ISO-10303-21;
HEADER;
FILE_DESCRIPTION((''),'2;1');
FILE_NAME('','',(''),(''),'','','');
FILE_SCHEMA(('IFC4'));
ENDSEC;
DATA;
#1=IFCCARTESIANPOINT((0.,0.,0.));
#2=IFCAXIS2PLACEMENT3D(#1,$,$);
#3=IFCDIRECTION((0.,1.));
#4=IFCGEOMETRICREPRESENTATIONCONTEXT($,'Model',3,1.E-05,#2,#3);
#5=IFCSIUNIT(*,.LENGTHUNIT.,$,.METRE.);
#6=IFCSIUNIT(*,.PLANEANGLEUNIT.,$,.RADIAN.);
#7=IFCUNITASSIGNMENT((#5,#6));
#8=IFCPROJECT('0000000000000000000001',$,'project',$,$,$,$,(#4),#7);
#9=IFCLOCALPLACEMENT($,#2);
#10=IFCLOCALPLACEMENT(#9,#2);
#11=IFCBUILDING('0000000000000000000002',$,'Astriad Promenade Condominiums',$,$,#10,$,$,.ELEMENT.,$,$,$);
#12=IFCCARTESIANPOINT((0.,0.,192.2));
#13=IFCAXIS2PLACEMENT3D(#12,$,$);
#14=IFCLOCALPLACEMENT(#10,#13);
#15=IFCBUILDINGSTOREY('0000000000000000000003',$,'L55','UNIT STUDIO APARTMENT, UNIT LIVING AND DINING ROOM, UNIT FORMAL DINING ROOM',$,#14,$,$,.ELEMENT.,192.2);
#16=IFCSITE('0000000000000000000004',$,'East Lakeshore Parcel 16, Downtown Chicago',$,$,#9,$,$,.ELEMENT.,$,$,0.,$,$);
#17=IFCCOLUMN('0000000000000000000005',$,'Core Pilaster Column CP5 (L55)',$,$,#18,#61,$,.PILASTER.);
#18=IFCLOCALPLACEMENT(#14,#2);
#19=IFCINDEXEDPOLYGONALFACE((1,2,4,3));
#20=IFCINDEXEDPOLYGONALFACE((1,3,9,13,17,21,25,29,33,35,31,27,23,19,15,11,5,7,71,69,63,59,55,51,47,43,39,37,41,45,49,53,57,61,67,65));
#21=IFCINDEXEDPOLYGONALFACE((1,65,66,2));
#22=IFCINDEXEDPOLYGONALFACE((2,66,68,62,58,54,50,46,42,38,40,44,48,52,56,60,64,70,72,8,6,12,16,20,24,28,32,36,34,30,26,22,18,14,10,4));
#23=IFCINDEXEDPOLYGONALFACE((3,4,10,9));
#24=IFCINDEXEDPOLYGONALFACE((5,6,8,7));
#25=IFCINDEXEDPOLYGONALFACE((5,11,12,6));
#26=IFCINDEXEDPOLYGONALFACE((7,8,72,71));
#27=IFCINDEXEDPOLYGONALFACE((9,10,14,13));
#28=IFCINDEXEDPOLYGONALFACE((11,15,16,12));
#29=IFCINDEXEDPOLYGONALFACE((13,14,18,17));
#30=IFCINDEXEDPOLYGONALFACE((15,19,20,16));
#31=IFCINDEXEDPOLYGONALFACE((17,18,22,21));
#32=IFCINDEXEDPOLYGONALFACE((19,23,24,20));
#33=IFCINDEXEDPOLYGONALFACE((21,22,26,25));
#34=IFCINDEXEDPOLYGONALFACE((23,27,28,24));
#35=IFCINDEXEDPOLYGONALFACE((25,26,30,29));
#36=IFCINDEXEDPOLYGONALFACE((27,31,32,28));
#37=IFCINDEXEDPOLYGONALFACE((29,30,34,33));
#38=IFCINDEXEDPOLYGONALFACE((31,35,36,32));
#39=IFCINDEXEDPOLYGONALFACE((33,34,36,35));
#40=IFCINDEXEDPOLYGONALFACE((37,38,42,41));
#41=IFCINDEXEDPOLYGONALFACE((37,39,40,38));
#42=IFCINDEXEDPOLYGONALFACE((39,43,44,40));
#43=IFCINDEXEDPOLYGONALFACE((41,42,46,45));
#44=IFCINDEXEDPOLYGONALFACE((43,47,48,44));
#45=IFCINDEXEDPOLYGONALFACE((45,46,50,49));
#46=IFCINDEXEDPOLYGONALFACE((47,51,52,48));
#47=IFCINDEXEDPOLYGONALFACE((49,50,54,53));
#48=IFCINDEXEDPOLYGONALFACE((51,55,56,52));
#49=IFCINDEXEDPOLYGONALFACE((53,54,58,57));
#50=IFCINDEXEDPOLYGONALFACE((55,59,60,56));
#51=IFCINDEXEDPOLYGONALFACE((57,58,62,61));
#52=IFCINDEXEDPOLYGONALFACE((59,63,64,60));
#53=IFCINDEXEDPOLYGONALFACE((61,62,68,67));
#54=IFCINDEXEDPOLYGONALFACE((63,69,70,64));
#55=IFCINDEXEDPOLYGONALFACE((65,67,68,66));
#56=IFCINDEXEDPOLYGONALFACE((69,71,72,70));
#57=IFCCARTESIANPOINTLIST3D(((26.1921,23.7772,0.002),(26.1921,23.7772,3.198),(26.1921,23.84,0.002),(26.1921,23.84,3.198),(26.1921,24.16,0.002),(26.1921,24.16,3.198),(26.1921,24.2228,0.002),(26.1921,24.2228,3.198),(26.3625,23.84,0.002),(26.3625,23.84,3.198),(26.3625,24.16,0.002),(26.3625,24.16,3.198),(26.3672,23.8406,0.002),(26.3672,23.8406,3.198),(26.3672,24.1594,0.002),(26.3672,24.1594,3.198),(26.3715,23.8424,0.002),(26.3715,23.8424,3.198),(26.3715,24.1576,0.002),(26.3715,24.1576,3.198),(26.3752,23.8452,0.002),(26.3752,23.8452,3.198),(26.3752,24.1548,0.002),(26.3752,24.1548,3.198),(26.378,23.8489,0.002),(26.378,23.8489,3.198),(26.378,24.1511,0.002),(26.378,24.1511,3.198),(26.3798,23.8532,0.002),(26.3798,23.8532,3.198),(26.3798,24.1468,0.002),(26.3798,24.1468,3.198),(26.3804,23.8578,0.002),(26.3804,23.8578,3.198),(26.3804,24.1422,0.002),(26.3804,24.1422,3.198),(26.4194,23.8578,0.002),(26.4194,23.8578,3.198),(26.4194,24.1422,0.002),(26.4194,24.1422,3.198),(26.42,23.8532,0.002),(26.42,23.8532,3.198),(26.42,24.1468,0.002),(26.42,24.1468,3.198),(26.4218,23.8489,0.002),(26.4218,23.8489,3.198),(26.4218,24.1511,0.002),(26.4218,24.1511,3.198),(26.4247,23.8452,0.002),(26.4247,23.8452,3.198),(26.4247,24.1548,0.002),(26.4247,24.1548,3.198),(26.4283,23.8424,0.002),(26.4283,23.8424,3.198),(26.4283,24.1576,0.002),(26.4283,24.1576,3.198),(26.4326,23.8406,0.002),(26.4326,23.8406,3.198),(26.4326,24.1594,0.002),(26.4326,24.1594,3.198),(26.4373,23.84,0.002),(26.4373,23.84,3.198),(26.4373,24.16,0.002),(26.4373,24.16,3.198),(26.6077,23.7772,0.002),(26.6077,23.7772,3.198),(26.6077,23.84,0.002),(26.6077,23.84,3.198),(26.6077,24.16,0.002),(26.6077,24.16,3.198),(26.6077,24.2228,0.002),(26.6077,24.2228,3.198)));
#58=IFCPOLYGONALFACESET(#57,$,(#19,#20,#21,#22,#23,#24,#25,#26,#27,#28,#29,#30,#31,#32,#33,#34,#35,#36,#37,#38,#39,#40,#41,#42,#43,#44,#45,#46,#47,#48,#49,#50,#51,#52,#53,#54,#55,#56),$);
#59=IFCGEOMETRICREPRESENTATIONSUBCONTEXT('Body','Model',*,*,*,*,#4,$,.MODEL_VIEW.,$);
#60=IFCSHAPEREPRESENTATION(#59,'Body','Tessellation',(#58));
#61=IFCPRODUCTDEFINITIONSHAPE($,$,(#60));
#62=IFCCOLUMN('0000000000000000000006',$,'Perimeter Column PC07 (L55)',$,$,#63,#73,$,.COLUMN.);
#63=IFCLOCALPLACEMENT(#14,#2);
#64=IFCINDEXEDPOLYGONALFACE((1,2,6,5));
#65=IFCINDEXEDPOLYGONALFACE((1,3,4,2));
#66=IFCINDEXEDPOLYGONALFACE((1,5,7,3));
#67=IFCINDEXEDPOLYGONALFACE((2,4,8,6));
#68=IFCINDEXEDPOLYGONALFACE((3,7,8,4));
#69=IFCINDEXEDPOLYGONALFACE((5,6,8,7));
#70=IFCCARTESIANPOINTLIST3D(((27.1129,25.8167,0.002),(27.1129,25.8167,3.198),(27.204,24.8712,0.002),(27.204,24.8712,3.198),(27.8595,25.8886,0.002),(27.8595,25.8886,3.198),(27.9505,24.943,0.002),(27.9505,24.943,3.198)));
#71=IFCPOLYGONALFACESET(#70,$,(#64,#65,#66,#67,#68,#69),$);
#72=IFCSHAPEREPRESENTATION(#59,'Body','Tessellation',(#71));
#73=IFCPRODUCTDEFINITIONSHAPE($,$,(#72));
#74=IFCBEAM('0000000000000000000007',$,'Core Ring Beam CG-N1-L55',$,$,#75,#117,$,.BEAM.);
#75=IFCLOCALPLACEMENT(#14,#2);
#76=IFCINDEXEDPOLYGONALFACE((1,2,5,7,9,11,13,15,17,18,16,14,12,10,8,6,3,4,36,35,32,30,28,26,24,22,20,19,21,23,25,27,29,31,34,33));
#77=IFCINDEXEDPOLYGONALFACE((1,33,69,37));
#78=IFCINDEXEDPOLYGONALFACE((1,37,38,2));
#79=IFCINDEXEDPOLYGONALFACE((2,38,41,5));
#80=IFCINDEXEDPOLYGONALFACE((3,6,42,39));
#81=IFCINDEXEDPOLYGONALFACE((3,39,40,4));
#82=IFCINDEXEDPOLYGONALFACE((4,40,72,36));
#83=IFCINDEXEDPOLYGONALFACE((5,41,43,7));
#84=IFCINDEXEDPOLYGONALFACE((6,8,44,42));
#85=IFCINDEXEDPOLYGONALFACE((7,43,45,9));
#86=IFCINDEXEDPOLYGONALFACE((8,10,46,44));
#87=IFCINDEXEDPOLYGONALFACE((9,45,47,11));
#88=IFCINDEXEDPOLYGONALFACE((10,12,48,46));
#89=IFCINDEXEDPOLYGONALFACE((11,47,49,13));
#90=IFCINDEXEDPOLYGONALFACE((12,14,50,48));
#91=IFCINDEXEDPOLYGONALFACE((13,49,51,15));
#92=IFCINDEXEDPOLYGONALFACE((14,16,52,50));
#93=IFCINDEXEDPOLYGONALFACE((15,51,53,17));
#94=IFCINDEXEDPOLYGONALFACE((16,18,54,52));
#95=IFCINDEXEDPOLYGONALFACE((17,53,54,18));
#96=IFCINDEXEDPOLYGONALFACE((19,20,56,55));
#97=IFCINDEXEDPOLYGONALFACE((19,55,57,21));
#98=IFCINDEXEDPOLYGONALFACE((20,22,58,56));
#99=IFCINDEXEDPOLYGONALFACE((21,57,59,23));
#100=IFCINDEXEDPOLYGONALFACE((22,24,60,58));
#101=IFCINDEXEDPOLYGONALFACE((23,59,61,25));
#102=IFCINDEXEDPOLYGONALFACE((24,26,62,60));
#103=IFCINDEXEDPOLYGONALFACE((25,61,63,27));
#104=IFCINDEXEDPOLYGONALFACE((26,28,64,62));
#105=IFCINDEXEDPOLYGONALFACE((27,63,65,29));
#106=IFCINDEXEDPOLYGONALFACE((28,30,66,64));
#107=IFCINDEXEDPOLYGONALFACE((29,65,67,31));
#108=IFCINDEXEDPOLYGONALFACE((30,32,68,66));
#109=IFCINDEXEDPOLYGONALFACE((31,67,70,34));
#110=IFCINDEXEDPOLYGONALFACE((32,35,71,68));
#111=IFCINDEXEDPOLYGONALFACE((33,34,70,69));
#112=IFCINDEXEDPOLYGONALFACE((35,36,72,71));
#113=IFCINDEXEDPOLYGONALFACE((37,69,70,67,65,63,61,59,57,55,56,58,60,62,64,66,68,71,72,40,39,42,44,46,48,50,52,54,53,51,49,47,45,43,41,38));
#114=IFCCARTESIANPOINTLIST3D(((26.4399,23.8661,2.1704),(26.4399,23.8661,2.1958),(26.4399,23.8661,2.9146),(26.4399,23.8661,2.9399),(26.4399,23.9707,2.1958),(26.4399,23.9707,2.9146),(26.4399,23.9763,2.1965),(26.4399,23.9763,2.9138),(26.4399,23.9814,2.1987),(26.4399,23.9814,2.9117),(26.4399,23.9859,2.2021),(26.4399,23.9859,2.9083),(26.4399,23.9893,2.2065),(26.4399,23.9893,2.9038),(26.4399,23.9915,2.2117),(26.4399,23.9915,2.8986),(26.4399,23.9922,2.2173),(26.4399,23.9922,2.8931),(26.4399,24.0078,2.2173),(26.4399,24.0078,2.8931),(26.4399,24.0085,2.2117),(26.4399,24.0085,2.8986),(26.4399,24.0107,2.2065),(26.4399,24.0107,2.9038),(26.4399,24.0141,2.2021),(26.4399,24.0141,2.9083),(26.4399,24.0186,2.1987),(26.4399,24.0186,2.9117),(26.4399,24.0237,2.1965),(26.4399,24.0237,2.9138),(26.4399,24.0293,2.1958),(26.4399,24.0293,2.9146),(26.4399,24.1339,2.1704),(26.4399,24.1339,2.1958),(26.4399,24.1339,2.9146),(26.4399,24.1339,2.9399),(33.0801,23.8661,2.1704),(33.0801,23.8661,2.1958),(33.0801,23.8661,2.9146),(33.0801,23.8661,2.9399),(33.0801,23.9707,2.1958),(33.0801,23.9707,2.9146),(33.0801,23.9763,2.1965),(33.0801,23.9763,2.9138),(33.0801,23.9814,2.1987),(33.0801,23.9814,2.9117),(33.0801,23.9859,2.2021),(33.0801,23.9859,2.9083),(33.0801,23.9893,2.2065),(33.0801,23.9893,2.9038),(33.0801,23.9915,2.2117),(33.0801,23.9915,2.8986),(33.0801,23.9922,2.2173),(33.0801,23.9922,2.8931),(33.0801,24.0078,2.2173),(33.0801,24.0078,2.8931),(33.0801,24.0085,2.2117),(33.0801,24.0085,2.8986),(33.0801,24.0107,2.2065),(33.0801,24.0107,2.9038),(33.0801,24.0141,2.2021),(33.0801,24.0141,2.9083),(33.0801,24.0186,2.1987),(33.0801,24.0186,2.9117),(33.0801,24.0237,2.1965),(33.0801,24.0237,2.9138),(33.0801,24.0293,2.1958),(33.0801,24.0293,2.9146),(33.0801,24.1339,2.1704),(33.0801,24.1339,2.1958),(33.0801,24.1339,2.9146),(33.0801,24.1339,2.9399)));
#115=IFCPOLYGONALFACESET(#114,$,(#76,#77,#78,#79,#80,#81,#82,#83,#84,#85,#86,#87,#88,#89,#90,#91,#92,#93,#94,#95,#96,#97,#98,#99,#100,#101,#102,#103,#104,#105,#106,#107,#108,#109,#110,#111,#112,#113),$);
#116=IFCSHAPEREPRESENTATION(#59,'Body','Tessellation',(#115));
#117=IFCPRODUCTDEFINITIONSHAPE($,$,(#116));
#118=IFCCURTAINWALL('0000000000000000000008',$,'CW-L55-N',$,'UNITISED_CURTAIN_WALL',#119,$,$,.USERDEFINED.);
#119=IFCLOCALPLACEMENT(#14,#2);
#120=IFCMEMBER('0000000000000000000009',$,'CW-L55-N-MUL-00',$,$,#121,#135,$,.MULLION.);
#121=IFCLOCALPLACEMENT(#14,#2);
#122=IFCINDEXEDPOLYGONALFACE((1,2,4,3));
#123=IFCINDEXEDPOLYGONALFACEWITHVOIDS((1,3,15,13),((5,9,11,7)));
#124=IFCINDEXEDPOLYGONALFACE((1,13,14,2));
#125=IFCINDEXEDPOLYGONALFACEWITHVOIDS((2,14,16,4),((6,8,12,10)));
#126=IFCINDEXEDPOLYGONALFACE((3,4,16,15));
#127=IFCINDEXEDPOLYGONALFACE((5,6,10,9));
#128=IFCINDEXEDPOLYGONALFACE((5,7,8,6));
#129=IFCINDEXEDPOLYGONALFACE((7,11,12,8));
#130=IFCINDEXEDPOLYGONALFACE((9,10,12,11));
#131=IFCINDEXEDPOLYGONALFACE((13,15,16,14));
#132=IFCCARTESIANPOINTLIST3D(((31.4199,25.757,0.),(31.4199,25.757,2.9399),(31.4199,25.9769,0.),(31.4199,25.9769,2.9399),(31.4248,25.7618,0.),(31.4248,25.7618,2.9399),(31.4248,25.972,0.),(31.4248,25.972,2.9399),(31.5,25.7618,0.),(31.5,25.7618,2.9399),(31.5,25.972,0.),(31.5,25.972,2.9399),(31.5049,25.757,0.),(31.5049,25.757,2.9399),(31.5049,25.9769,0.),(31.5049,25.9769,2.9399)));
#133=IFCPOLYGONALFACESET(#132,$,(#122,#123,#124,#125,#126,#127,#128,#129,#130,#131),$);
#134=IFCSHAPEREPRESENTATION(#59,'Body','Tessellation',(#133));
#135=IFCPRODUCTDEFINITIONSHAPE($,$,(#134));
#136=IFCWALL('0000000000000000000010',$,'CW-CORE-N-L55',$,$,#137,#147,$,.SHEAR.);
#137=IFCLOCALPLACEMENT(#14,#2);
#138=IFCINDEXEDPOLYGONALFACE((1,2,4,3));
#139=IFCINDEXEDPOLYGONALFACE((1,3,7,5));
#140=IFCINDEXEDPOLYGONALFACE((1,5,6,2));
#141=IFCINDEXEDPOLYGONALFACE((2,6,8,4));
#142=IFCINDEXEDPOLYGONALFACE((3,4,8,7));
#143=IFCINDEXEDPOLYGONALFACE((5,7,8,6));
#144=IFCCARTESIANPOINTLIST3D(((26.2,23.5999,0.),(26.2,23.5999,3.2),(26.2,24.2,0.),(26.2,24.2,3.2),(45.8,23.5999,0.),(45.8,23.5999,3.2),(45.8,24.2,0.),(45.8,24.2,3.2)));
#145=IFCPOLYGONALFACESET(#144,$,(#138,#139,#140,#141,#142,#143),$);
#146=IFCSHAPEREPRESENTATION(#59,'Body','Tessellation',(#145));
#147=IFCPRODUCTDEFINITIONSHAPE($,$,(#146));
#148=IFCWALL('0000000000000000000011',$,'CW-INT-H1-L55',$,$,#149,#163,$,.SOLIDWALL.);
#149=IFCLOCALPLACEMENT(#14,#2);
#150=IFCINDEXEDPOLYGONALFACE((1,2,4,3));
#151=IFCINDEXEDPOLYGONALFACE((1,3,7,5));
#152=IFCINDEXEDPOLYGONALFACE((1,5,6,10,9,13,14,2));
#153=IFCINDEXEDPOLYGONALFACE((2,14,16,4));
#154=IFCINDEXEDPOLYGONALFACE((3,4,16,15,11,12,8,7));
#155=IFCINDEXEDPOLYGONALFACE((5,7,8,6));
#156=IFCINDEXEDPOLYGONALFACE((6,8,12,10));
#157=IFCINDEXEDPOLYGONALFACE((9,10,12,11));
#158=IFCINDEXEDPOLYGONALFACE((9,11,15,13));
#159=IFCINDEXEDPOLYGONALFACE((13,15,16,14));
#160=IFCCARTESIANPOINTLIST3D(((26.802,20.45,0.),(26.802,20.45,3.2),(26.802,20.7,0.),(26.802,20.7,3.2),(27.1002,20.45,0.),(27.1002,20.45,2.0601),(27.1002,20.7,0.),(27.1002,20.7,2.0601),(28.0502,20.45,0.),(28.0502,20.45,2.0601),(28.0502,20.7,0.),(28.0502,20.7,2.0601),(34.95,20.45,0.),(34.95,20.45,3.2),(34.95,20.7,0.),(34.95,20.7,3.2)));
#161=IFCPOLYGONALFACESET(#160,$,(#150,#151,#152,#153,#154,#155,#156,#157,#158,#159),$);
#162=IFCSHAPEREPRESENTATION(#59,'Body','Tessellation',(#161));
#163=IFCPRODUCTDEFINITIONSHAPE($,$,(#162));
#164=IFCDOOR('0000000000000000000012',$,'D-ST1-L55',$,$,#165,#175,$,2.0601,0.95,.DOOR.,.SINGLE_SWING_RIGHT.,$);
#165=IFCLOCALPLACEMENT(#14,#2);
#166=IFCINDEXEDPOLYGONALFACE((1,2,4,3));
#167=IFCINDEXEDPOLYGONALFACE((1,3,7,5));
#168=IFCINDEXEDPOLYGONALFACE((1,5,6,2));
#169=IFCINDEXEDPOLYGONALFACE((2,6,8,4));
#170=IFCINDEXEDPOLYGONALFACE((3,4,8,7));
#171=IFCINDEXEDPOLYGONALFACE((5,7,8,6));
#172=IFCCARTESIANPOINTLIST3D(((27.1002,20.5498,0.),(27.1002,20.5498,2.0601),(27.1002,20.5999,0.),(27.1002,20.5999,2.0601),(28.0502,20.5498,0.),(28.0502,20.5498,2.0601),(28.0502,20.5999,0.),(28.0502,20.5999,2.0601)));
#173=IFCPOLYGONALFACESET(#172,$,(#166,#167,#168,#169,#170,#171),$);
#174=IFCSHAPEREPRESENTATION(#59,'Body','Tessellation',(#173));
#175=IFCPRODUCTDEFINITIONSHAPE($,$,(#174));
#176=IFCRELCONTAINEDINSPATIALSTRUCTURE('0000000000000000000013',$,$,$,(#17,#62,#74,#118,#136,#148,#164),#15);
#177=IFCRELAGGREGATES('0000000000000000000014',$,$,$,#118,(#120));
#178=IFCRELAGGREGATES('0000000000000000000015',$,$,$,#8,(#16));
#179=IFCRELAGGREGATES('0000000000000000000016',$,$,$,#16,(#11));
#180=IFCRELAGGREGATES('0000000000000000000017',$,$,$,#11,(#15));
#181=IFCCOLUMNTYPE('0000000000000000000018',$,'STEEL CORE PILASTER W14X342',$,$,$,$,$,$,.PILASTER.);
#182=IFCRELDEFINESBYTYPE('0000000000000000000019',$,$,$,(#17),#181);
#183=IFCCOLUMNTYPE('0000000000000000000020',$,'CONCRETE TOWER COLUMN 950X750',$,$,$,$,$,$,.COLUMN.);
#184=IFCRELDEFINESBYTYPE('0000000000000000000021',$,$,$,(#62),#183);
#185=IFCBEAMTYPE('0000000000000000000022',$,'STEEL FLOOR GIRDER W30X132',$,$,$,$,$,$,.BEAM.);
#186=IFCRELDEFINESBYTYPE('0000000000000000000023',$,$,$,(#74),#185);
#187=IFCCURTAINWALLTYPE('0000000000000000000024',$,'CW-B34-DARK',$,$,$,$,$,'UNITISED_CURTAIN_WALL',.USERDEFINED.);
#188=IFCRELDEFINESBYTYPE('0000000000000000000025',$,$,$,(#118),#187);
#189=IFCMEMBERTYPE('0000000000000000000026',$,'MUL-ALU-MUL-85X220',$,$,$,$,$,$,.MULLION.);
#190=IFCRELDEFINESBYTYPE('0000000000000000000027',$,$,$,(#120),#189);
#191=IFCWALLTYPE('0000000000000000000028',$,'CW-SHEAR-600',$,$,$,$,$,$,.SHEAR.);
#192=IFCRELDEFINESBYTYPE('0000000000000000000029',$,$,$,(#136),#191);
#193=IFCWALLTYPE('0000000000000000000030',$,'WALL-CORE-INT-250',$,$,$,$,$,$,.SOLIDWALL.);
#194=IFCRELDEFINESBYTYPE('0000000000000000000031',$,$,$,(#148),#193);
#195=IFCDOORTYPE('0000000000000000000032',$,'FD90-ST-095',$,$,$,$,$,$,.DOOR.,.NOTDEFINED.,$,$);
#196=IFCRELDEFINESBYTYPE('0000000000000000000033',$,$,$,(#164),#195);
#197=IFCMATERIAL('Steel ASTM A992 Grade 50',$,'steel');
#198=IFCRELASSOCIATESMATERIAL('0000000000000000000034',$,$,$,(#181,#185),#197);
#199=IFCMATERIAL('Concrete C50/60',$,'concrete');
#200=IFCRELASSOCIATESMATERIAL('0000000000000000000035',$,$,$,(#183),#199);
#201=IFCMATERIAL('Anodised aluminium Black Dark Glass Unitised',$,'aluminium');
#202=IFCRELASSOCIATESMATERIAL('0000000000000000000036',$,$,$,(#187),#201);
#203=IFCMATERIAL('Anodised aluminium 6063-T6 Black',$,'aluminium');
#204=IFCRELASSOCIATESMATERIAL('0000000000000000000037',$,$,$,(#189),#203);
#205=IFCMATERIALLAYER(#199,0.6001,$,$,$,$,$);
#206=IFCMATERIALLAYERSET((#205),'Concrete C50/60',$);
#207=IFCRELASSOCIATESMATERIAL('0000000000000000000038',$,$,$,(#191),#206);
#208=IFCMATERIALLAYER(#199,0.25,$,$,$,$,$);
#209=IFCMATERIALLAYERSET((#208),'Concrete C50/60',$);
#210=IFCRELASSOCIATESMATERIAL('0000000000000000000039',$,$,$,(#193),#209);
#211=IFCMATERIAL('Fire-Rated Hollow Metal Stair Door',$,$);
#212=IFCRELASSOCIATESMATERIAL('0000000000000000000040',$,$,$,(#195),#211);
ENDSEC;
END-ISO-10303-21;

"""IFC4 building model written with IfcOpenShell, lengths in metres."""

from ifc_helpers import new_model, si_unit, direction, frame, frame_2d, origin, origin_2d, place, context, subcontext, project, spatial, rectangle, hollow_rectangle, i_section, extrude, source, transform, mapped, material, layer, layer_set, material_profile, profile_set, type_object, type_shapes, element, fill, aggregate, save


model = new_model("IFC4")

# Units and contexts
model_context = context("Model", 3, precision=1e-05, world=origin(), true_north=direction((0.0, 1.0)))
body_context = subcontext(model_context, "Body", "Model", "MODEL_VIEW")
ifc_project = project(units=[si_unit("LENGTHUNIT", "METRE"), si_unit("PLANEANGLEUNIT", "RADIAN")], contexts=[model_context])

# Site, building, storey
site_placement = place(None, origin())
site = spatial("IfcSite", under=ifc_project, at=site_placement, Name="East Lakeshore Parcel 16, Downtown Chicago", CompositionType="ELEMENT", RefElevation=0.0)
building_placement = place(site_placement, origin())
building = spatial("IfcBuilding", under=site, at=building_placement, Name="Astriad Promenade Condominiums", CompositionType="ELEMENT")
storey_placement = place(building_placement, frame((0.0, 0.0, 192.2)))
storey = spatial("IfcBuildingStorey", under=building, at=storey_placement, Name="L55", Description="UNIT STUDIO APARTMENT, UNIT LIVING AND DINING ROOM, UNIT FORMAL DINING ROOM", CompositionType="ELEMENT", Elevation=192.2)

# Columns
ifc_material_1 = material(Name="Steel ASTM A992 Grade 50", Category="steel")
ifc_material_profile_1 = material_profile(ifc_material_1, i_section(OverallWidth=0.4155, OverallDepth=0.4456, WebThickness=0.0391, FlangeThickness=0.0627, FilletRadius=0.0178, at=origin_2d()), Name="W14X342")
ifc_profile_set_1 = profile_set([ifc_material_profile_1], Name="Steel ASTM A992 Grade 50")
column_type_1 = type_object("IfcColumnType", Name="STEEL CORE PILASTER W14X342", PredefinedType="PILASTER", material=ifc_profile_set_1)
shared_shape_1 = source(origin(), body_context, "Body", "SweptSolid", [
    extrude(i_section(OverallWidth=0.4155, OverallDepth=0.4456, WebThickness=0.0391, FlangeThickness=0.0627, FilletRadius=0.0178, at=origin_2d()), origin(), (0.0, 0.0, 1.0), 3.196),
])
type_shapes(column_type_1, [shared_shape_1])
column_1_placement = place(storey_placement, frame((26.3999, 24.0, 0.002), z_axis=(0.0, 0.0, 1.0), x_axis=(1.0, 0.0, 0.0)))
element("IfcColumn", 1, at=column_1_placement, inside=storey, type_object=column_type_1, Name="Core Pilaster Column CP5 (L55)", PredefinedType="PILASTER", context=body_context, shape_type="MappedRepresentation", body=[
    mapped(shared_shape_1, transform((0.0, 0.0, 0.0), scale=1.0)),
])
ifc_material_2 = material(Name="Concrete C50/60", Category="concrete")
ifc_material_profile_2 = material_profile(ifc_material_2, rectangle(XDim=0.75, YDim=0.95, at=origin_2d()), Name="RC-COL-950X750")
ifc_profile_set_2 = profile_set([ifc_material_profile_2], Name="Concrete C50/60")
column_type_2 = type_object("IfcColumnType", Name="CONCRETE TOWER COLUMN 950X750", PredefinedType="COLUMN", material=ifc_profile_set_2)
shared_shape_2 = source(origin(), body_context, "Body", "SweptSolid", [
    extrude(rectangle(XDim=0.75, YDim=0.95, at=origin_2d()), origin(), (0.0, 0.0, 1.0), 3.196),
])
type_shapes(column_type_2, [shared_shape_2])
column_2_placement = place(storey_placement, frame((27.5317, 25.3799, 0.002), z_axis=(0.0, 0.0, 1.0), x_axis=(0.995396, 0.095846, 0.0)))
element("IfcColumn", 2, at=column_2_placement, inside=storey, type_object=column_type_2, Name="Perimeter Column PC07 (L55)", PredefinedType="COLUMN", context=body_context, shape_type="MappedRepresentation", body=[
    mapped(shared_shape_2, transform((0.0, 0.0, 0.0), scale=1.0)),
])

# Beam
ifc_material_profile_3 = material_profile(ifc_material_1, i_section(OverallWidth=0.2678, OverallDepth=0.7695, WebThickness=0.0156, FlangeThickness=0.0254, FilletRadius=0.0215, at=origin_2d()), Name="W30X132")
ifc_profile_set_3 = profile_set([ifc_material_profile_3], Name="Steel ASTM A992 Grade 50")
beam_type = type_object("IfcBeamType", Name="STEEL FLOOR GIRDER W30X132", PredefinedType="BEAM", material=ifc_profile_set_3)
shared_shape_3 = source(origin(), body_context, "Body", "SweptSolid", [
    extrude(i_section(OverallWidth=0.2678, OverallDepth=0.7695, WebThickness=0.0156, FlangeThickness=0.0254, FilletRadius=0.0215, at=origin_2d()), origin(), (0.0, 0.0, 1.0), 6.6401),
])
type_shapes(beam_type, [shared_shape_3])
beam_placement = place(storey_placement, frame((26.4399, 24.0, 2.5552), z_axis=(1.0, 0.0, 0.0), x_axis=(0.0, 1.0, 0.0)))
element("IfcBeam", 3, at=beam_placement, inside=storey, type_object=beam_type, Name="Core Ring Beam CG-N1-L55", PredefinedType="BEAM", context=body_context, shape_type="MappedRepresentation", body=[
    mapped(shared_shape_3, transform((0.0, 0.0, 0.0), scale=1.0)),
])

# Curtain wall, member
ifc_material_3 = material(Name="Anodised aluminium Black Dark Glass Unitised", Category="aluminium")
curtain_wall_type = type_object("IfcCurtainWallType", Name="CW-B34-DARK", ElementType="UNITISED_CURTAIN_WALL", PredefinedType="USERDEFINED", material=ifc_material_3)
curtain_wall_placement = place(storey_placement, origin())
curtain_wall = element("IfcCurtainWall", 4, at=curtain_wall_placement, inside=storey, type_object=curtain_wall_type, Name="CW-L55-N", ObjectType="UNITISED_CURTAIN_WALL", PredefinedType="USERDEFINED")
ifc_material_4 = material(Name="Anodised aluminium 6063-T6 Black", Category="aluminium")
ifc_material_profile_4 = material_profile(ifc_material_4, hollow_rectangle(XDim=0.085, YDim=0.22, WallThickness=0.0049, at=origin_2d()), Name="ALU-MUL-85X220")
ifc_profile_set_4 = profile_set([ifc_material_profile_4], Name="Anodised aluminium 6063-T6 Black")
member_type = type_object("IfcMemberType", Name="MUL-ALU-MUL-85X220", PredefinedType="MULLION", material=ifc_profile_set_4)
shared_shape_4 = source(origin(), body_context, "Body", "SweptSolid", [
    extrude(hollow_rectangle(XDim=0.085, YDim=0.22, WallThickness=0.0049, at=origin_2d()), origin(), (0.0, 0.0, 1.0), 2.9399),
])
type_shapes(member_type, [shared_shape_4])
member_placement = place(storey_placement, frame((31.4624, 25.8669, 0.0), z_axis=(0.0, 0.0, 1.0), x_axis=(1.0, 0.0, 0.0)))
member = element("IfcMember", 5, at=member_placement, type_object=member_type, Name="CW-L55-N-MUL-00", PredefinedType="MULLION", context=body_context, shape_type="MappedRepresentation", body=[
    mapped(shared_shape_4, transform((0.0, 0.0, 0.0), scale=1.0)),
])
aggregate(curtain_wall, [member])

# Wall
ifc_layer_1 = layer(ifc_material_2, 0.6001)
ifc_layer_set_1 = layer_set([ifc_layer_1], Name="Concrete C50/60")
wall_type_1 = type_object("IfcWallType", Name="CW-SHEAR-600", PredefinedType="SHEAR", material=ifc_layer_set_1)
wall_1_placement = place(storey_placement, frame((26.2, 23.8999, 0.0), z_axis=(0.0, 0.0, 1.0), x_axis=(1.0, 0.0, 0.0)))
element("IfcWall", 6, at=wall_1_placement, inside=storey, type_object=wall_type_1, Name="CW-CORE-N-L55", PredefinedType="SHEAR", context=body_context, shape_type="SweptSolid", body=[
    extrude(rectangle(XDim=19.6001, YDim=0.6001, at=frame_2d((9.8, 0.0))), origin(), (0.0, 0.0, 1.0), 3.2),
])

# Wall, opening, door
ifc_layer_2 = layer(ifc_material_2, 0.25)
ifc_layer_set_2 = layer_set([ifc_layer_2], Name="Concrete C50/60")
wall_type_2 = type_object("IfcWallType", Name="WALL-CORE-INT-250", PredefinedType="SOLIDWALL", material=ifc_layer_set_2)
wall_2_placement = place(storey_placement, frame((26.802, 20.575, 0.0), z_axis=(0.0, 0.0, 1.0), x_axis=(1.0, 0.0, 0.0)))
wall_2 = element("IfcWall", 7, at=wall_2_placement, inside=storey, type_object=wall_type_2, Name="CW-INT-H1-L55", PredefinedType="SOLIDWALL", context=body_context, shape_type="SweptSolid", body=[
    extrude(rectangle(XDim=8.1479, YDim=0.25, at=frame_2d((4.074, 0.0))), origin(), (0.0, 0.0, 1.0), 3.2),
])
opening_placement = place(wall_2_placement, frame((0.2981, 0.0, 0.0)))
opening = element("IfcOpeningElement", 8, at=opening_placement, cuts=wall_2, PredefinedType="OPENING", context=body_context, shape_type="SweptSolid", body=[
    extrude(rectangle(XDim=0.95, YDim=2.0601, at=frame_2d((0.4751, 1.03))), frame((0.0, 0.135, 0.0), z_axis=(0.0, -1.0, 0.0), x_axis=(1.0, 0.0, 0.0)), (0.0, 0.0, 1.0), 0.27),
])
ifc_material_5 = material(Name="Fire-Rated Hollow Metal Stair Door")
door_type = type_object("IfcDoorType", Name="FD90-ST-095", OperationType="NOTDEFINED", PredefinedType="DOOR", material=ifc_material_5)
shared_shape_5 = source(origin(), body_context, "Body", "SweptSolid", [
    extrude(rectangle(XDim=0.95, YDim=2.0601, at=frame_2d((0.4751, 1.03))), frame((0.0, 0.0249, 0.0), z_axis=(0.0, -1.0, 0.0), x_axis=(1.0, 0.0, 0.0)), (0.0, 0.0, 1.0), 0.05),
])
type_shapes(door_type, [shared_shape_5])
door_placement = place(opening_placement, origin())
door = element("IfcDoor", 9, at=door_placement, inside=storey, type_object=door_type, Name="D-ST1-L55", OperationType="SINGLE_SWING_RIGHT", OverallHeight=2.0601, OverallWidth=0.95, PredefinedType="DOOR", context=body_context, shape_type="MappedRepresentation", body=[
    mapped(shared_shape_5, transform((0.0, 0.0, 0.0), scale=1.0)),
])
fill(opening, door)

save(model, "model.ifc")
